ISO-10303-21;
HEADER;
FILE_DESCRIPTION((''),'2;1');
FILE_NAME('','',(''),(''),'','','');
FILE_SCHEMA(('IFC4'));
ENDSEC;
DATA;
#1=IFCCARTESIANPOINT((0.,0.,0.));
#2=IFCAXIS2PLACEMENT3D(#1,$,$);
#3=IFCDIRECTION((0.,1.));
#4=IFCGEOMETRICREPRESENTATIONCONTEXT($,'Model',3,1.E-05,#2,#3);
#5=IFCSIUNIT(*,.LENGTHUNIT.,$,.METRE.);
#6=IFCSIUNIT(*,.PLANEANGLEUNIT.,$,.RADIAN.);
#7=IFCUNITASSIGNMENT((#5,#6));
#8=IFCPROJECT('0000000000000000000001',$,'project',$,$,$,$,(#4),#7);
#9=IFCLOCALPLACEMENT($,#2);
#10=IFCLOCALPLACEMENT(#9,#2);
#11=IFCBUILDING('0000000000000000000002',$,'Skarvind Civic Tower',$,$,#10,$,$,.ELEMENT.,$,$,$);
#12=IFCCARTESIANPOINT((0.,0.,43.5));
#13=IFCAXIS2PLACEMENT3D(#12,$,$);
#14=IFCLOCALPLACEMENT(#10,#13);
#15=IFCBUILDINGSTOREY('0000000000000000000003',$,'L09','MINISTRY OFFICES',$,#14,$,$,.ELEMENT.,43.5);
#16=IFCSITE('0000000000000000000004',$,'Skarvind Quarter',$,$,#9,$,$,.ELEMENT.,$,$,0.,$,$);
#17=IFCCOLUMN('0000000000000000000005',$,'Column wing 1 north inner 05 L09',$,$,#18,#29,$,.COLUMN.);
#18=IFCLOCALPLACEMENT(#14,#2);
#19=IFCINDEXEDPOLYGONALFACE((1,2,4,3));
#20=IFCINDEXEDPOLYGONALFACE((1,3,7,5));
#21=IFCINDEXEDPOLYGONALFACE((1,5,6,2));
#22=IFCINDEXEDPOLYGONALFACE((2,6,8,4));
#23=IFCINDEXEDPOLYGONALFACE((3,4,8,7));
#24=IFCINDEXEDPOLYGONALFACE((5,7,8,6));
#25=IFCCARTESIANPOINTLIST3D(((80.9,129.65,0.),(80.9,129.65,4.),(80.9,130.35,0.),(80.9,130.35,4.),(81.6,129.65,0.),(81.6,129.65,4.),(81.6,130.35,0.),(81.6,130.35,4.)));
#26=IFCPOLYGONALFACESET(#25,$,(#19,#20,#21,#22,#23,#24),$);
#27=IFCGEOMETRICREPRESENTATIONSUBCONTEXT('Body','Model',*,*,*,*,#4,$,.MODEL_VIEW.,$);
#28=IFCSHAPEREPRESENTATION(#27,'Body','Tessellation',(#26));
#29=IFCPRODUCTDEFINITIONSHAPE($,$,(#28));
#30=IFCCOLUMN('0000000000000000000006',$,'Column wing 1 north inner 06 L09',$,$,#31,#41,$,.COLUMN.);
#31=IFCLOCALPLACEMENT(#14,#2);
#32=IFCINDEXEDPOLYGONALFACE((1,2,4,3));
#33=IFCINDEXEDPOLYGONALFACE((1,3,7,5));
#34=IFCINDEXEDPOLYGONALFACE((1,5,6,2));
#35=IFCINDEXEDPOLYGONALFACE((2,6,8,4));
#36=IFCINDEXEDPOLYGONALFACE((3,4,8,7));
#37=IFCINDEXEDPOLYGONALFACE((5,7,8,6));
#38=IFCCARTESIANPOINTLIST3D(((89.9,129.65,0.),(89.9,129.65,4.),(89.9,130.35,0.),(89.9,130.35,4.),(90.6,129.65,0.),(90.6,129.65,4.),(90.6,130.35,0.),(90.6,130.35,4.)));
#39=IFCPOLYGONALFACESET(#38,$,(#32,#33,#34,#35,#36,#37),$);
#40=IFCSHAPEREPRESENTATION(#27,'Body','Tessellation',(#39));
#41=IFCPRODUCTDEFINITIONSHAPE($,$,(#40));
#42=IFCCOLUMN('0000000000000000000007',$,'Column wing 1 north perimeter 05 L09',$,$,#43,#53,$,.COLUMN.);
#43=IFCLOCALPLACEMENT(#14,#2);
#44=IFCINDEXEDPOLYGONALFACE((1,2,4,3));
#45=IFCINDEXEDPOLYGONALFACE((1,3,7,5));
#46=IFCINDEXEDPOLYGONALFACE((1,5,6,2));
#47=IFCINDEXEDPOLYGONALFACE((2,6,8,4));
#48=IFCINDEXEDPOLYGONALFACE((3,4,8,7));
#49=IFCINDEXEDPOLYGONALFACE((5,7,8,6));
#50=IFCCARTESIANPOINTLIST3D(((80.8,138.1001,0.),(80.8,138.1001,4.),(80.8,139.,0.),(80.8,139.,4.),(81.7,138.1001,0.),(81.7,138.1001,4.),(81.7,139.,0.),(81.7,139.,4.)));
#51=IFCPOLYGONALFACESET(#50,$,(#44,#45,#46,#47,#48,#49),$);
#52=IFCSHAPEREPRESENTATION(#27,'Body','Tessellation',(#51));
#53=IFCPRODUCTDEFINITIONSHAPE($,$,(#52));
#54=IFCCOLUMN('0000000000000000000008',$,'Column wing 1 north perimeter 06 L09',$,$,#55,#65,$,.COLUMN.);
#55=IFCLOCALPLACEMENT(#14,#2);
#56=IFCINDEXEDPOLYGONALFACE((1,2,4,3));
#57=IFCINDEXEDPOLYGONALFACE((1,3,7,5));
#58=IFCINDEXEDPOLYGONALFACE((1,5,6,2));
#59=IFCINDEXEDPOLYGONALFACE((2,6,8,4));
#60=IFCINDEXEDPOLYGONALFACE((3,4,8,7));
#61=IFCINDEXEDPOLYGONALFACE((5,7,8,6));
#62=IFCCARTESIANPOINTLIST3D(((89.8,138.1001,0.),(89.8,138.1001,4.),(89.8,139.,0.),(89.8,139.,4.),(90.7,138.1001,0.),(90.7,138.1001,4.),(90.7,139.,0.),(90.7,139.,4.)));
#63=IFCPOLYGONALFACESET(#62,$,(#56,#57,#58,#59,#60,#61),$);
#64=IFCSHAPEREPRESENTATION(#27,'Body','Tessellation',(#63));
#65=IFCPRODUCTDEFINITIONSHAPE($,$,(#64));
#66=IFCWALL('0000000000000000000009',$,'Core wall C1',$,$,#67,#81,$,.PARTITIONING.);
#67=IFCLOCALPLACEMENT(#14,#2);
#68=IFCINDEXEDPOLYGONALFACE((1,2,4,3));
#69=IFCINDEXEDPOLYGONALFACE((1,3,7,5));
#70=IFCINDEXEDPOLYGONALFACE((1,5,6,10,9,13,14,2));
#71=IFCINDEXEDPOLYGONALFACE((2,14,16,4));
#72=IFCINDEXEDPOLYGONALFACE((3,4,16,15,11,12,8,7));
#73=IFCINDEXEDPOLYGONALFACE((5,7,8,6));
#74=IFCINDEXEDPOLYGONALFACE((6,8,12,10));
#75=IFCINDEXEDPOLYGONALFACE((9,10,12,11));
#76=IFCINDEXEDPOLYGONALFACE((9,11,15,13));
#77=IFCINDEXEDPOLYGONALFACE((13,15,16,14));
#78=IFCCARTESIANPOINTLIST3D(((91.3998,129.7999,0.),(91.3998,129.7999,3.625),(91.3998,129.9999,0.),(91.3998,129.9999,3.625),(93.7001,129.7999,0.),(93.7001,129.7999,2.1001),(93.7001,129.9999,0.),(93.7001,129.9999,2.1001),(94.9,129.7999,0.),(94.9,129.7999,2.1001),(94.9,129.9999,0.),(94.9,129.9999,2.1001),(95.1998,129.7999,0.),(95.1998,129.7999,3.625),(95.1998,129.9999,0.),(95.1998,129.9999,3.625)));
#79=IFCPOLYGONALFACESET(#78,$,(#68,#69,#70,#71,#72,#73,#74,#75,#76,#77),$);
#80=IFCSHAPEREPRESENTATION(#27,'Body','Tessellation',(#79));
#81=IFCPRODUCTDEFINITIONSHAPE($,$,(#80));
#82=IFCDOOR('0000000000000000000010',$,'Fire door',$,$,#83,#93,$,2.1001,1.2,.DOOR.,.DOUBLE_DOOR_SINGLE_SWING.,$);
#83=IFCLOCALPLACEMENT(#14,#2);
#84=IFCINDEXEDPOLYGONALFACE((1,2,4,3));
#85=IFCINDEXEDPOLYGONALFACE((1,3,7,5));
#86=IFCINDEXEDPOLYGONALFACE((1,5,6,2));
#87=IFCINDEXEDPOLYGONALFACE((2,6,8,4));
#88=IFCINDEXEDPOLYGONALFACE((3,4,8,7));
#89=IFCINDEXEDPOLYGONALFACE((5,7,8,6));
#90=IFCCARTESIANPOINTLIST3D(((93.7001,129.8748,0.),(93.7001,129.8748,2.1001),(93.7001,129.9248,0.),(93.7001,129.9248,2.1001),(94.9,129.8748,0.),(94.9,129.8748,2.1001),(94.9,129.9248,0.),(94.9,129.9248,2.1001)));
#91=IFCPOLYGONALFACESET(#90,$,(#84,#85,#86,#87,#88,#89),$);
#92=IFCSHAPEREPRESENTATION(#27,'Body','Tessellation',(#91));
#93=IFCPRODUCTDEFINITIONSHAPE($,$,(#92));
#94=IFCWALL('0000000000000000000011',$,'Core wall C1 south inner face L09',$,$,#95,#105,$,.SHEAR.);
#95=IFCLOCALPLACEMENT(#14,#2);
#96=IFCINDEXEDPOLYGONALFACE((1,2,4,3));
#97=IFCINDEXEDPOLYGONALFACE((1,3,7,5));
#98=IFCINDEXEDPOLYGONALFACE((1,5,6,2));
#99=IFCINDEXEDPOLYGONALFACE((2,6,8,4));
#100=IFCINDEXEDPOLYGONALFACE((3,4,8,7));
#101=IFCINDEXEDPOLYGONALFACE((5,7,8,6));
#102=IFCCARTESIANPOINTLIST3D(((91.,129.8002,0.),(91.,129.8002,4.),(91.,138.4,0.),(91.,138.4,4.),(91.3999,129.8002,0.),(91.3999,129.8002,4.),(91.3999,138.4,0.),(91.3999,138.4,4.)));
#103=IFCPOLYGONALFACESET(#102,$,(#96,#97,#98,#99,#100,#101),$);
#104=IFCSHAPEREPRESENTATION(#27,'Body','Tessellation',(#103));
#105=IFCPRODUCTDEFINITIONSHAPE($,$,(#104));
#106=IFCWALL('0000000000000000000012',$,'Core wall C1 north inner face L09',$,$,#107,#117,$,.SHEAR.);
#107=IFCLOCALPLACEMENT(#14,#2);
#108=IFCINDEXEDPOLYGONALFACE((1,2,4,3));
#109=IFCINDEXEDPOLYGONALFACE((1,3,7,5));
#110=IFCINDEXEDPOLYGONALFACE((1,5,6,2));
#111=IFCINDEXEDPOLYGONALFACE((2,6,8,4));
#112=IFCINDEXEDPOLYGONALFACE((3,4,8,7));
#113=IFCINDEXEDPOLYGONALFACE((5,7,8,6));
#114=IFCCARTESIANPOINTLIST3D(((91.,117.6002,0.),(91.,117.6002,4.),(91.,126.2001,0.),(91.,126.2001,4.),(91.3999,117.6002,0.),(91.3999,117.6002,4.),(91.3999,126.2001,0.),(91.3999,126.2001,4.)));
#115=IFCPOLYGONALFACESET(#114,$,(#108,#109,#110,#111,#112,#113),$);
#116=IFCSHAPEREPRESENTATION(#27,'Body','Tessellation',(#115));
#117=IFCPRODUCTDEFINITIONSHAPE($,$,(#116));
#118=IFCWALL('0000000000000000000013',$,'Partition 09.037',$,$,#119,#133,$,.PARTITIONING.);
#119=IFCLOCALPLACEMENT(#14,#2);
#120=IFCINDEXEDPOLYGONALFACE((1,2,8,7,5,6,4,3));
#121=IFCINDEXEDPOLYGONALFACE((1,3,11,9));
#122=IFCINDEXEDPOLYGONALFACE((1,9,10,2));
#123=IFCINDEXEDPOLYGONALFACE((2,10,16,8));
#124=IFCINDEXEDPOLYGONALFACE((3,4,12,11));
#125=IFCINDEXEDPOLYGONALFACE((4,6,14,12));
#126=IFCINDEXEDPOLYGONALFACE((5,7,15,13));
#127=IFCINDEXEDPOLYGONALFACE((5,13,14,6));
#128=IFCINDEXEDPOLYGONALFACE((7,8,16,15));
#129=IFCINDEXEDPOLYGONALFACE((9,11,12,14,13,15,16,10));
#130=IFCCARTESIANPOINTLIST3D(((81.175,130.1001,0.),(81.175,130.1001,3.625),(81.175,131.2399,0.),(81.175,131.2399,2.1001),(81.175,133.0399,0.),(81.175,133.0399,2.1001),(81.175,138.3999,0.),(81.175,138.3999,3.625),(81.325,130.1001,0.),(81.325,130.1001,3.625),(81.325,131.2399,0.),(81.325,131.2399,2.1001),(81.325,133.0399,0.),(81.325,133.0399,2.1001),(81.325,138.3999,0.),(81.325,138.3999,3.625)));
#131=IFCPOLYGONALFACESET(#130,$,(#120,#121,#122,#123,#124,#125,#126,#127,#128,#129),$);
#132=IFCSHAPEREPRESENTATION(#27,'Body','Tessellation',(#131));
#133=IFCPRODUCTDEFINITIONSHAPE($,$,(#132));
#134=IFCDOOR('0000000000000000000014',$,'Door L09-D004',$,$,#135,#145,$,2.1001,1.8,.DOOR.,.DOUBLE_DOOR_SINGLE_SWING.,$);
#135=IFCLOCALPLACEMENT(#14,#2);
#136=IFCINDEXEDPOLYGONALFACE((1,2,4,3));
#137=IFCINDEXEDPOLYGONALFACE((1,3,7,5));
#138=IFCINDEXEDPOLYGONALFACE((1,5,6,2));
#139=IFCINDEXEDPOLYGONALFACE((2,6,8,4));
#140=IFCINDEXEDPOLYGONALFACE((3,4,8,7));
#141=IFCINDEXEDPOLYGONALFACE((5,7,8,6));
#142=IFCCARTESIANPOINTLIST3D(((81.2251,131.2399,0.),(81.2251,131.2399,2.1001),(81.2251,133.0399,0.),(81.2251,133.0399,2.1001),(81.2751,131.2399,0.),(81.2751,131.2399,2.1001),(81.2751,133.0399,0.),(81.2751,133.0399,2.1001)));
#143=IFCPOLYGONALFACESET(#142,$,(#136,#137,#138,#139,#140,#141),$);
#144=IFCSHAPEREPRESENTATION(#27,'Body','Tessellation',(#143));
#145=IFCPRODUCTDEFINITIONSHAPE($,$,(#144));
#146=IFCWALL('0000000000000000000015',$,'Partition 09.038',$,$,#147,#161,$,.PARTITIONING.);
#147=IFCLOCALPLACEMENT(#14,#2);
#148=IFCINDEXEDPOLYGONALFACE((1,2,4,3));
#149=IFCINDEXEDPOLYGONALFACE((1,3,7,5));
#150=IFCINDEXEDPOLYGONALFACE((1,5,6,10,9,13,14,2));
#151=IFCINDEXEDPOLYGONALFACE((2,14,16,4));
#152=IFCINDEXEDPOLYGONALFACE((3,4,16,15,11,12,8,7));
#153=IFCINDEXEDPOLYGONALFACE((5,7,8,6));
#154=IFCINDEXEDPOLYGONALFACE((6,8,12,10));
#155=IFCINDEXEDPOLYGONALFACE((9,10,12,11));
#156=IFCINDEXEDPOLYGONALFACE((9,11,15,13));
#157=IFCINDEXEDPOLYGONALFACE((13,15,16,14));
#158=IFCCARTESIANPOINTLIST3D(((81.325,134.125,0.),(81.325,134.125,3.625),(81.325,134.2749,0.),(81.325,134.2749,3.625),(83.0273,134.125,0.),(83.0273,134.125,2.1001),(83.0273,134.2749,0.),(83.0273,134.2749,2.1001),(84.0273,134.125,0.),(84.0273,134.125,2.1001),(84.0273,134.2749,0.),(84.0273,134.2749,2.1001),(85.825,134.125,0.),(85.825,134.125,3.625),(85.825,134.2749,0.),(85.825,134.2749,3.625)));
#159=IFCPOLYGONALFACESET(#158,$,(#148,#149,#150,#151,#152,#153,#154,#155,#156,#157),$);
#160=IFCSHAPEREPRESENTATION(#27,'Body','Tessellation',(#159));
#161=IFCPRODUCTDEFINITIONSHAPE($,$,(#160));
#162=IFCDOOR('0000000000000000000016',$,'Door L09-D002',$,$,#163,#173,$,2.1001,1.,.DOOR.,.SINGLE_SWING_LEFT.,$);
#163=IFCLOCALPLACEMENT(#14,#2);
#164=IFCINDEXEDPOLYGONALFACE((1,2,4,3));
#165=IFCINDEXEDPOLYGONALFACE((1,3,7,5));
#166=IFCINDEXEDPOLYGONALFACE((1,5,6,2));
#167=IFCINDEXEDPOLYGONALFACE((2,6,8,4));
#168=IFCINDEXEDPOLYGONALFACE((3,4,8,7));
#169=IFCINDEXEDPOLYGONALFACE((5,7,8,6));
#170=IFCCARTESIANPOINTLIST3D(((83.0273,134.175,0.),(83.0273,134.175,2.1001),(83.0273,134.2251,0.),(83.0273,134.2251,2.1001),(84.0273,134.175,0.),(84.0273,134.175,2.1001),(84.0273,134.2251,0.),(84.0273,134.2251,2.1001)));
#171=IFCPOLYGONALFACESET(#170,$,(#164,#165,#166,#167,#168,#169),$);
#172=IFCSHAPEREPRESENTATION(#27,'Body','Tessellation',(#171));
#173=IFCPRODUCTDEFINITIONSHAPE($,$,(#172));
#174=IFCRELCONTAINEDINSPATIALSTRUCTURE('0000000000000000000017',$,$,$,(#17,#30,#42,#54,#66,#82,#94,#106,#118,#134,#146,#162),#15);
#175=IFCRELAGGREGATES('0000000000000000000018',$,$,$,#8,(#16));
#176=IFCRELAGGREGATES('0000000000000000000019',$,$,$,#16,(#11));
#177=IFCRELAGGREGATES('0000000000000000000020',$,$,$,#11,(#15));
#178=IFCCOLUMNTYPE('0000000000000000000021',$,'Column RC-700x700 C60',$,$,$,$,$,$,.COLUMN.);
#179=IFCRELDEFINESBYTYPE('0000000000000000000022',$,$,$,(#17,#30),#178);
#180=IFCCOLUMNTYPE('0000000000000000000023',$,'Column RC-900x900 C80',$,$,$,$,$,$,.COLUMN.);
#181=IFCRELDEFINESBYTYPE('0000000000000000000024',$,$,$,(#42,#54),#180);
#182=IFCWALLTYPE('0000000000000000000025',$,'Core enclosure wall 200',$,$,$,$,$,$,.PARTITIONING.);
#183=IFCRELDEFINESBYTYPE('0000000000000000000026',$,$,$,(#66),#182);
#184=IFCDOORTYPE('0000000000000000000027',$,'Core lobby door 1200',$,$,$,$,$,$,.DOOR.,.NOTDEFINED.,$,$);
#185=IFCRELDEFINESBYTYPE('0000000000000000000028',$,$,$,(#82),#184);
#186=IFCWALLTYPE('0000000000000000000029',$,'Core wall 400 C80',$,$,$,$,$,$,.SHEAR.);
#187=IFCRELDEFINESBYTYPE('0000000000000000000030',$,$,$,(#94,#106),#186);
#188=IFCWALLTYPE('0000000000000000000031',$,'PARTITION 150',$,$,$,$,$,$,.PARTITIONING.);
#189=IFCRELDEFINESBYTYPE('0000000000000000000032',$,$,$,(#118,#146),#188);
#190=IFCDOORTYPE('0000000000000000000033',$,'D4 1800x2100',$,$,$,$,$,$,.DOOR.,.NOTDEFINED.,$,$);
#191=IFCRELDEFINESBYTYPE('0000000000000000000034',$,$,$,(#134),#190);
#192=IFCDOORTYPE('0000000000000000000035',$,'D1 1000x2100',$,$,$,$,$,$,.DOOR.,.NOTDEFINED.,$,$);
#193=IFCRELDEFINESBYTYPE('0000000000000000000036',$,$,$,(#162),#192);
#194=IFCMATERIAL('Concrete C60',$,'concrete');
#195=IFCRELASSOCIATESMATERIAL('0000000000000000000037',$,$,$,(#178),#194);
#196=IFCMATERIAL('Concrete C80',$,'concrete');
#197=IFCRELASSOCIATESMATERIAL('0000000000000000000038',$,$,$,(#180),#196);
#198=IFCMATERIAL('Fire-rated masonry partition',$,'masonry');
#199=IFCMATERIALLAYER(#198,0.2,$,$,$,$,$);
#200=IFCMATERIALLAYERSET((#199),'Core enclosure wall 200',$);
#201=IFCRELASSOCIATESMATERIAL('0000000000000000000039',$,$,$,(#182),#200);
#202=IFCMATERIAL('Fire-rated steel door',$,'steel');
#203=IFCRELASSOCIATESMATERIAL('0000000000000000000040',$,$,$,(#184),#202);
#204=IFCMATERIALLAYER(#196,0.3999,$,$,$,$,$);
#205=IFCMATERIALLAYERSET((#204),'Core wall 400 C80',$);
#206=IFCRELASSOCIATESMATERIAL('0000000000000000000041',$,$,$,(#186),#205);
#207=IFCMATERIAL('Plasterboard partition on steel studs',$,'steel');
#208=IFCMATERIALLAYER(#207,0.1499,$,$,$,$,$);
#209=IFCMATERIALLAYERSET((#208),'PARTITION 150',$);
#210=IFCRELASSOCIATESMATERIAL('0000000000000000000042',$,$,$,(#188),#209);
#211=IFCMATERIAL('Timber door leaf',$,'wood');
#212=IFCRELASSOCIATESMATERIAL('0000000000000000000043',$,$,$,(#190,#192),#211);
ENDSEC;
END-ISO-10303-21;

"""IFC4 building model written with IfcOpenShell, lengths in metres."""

from ifc_helpers import new_model, si_unit, direction, frame, frame_2d, origin, origin_2d, place, context, subcontext, project, spatial, rectangle, extrude, material, layer, layer_set, material_profile, profile_set, type_object, element, fill, save


model = new_model("IFC4")

# Units and contexts
model_context = context("Model", 3, precision=1e-05, world=origin(), true_north=direction((0.0, 1.0)))
body_context = subcontext(model_context, "Body", "Model", "MODEL_VIEW")
ifc_project = project(units=[si_unit("LENGTHUNIT", "METRE"), si_unit("PLANEANGLEUNIT", "RADIAN")], contexts=[model_context])

# Site, building, storey
site_placement = place(None, origin())
site = spatial("IfcSite", under=ifc_project, at=site_placement, Name="Skarvind Quarter", CompositionType="ELEMENT", RefElevation=0.0)
building_placement = place(site_placement, origin())
building = spatial("IfcBuilding", under=site, at=building_placement, Name="Skarvind Civic Tower", CompositionType="ELEMENT")
storey_placement = place(building_placement, frame((0.0, 0.0, 43.5)))
storey = spatial("IfcBuildingStorey", under=building, at=storey_placement, Name="L09", Description="MINISTRY OFFICES", CompositionType="ELEMENT", Elevation=43.5)

# Columns
ifc_material_1 = material(Name="Concrete C60", Category="concrete")
ifc_material_profile_1 = material_profile(ifc_material_1, rectangle(XDim=0.7, YDim=0.7, at=origin_2d()), Name="RC-700x700")
ifc_profile_set_1 = profile_set([ifc_material_profile_1], Name="Concrete C60")
column_type_1 = type_object("IfcColumnType", Name="Column RC-700x700 C60", PredefinedType="COLUMN", material=ifc_profile_set_1)
for number, where, z_axis, x_axis, name in (
    (1, (81.25, 130.0, 0.0), (0.0, 0.0, 1.0), (1.0, 0.0, 0.0), "Column wing 1 north inner 05 L09"),
    (2, (90.25, 130.0, 0.0), (0.0, 0.0, 1.0), (1.0, 0.0, 0.0), "Column wing 1 north inner 06 L09"),
):
    element("IfcColumn", number, at=place(storey_placement, frame(where, z_axis=z_axis, x_axis=x_axis)), inside=storey, type_object=column_type_1, Name=name, PredefinedType="COLUMN", context=body_context, shape_type="SweptSolid", body=[
        extrude(rectangle(XDim=0.7, YDim=0.7, at=origin_2d()), origin(), (0.0, 0.0, 1.0), 4.0),
    ])
ifc_material_2 = material(Name="Concrete C80", Category="concrete")
ifc_material_profile_2 = material_profile(ifc_material_2, rectangle(XDim=0.8999, YDim=0.8999, at=origin_2d()), Name="RC-900x900")
ifc_profile_set_2 = profile_set([ifc_material_profile_2], Name="Concrete C80")
column_type_2 = type_object("IfcColumnType", Name="Column RC-900x900 C80", PredefinedType="COLUMN", material=ifc_profile_set_2)
for number, where, z_axis, x_axis, name in (
    (3, (81.25, 138.55, 0.0), (0.0, 0.0, 1.0), (1.0, 0.0, 0.0), "Column wing 1 north perimeter 05 L09"),
    (4, (90.25, 138.55, 0.0), (0.0, 0.0, 1.0), (1.0, 0.0, 0.0), "Column wing 1 north perimeter 06 L09"),
):
    element("IfcColumn", number, at=place(storey_placement, frame(where, z_axis=z_axis, x_axis=x_axis)), inside=storey, type_object=column_type_2, Name=name, PredefinedType="COLUMN", context=body_context, shape_type="SweptSolid", body=[
        extrude(rectangle(XDim=0.8999, YDim=0.8999, at=origin_2d()), origin(), (0.0, 0.0, 1.0), 4.0),
    ])

# Wall, opening, door
ifc_material_3 = material(Name="Fire-rated masonry partition", Category="masonry")
ifc_layer_1 = layer(ifc_material_3, 0.2)
ifc_layer_set_1 = layer_set([ifc_layer_1], Name="Core enclosure wall 200")
wall_type_1 = type_object("IfcWallType", Name="Core enclosure wall 200", PredefinedType="PARTITIONING", material=ifc_layer_set_1)
wall_1_placement = place(storey_placement, frame((91.3999, 129.8999, 0.0), z_axis=(0.0, 0.0, 1.0), x_axis=(1.0, 0.0, 0.0)))
wall_1 = element("IfcWall", 5, at=wall_1_placement, inside=storey, type_object=wall_type_1, Name="Core wall C1", PredefinedType="PARTITIONING", context=body_context, shape_type="SweptSolid", body=[
    extrude(rectangle(XDim=3.8, YDim=0.2, at=frame_2d((1.8999, 0.0))), origin(), (0.0, 0.0, 1.0), 3.625),
])
opening_1_placement = place(wall_1_placement, frame((2.3, 0.0, 0.0)))
opening_1 = element("IfcOpeningElement", 6, at=opening_1_placement, cuts=wall_1, PredefinedType="OPENING", context=body_context, shape_type="SweptSolid", body=[
    extrude(rectangle(XDim=1.2, YDim=2.1001, at=frame_2d((0.6001, 1.05))), frame((0.0, 0.1099, 0.0), z_axis=(0.0, -1.0, 0.0), x_axis=(1.0, 0.0, 0.0)), (0.0, 0.0, 1.0), 0.22),
])
ifc_material_4 = material(Name="Fire-rated steel door", Category="steel")
door_type_1 = type_object("IfcDoorType", Name="Core lobby door 1200", OperationType="NOTDEFINED", PredefinedType="DOOR", material=ifc_material_4)
door_1_placement = place(opening_1_placement, origin())
door_1 = element("IfcDoor", 7, at=door_1_placement, inside=storey, type_object=door_type_1, Name="Fire door", OperationType="DOUBLE_DOOR_SINGLE_SWING", OverallHeight=2.1001, OverallWidth=1.2, PredefinedType="DOOR", context=body_context, shape_type="SweptSolid", body=[
    extrude(rectangle(XDim=1.2, YDim=2.1001, at=frame_2d((0.6001, 1.05))), frame((0.0, 0.0249, 0.0), z_axis=(0.0, -1.0, 0.0), x_axis=(1.0, 0.0, 0.0)), (0.0, 0.0, 1.0), 0.05),
])
fill(opening_1, door_1)

# Walls
ifc_layer_2 = layer(ifc_material_2, 0.3999)
ifc_layer_set_2 = layer_set([ifc_layer_2], Name="Core wall 400 C80")
wall_type_2 = type_object("IfcWallType", Name="Core wall 400 C80", PredefinedType="SHEAR", material=ifc_layer_set_2)
for number, where, z_axis, x_axis, name in (
    (8, (91.2, 138.3999, 0.0), (0.0, 0.0, 1.0), (0.0, -1.0, 0.0), "Core wall C1 south inner face L09"),
    (9, (91.2, 126.2, 0.0), (0.0, 0.0, 1.0), (0.0, -1.0, 0.0), "Core wall C1 north inner face L09"),
):
    element("IfcWall", number, at=place(storey_placement, frame(where, z_axis=z_axis, x_axis=x_axis)), inside=storey, type_object=wall_type_2, Name=name, PredefinedType="SHEAR", context=body_context, shape_type="SweptSolid", body=[
        extrude(rectangle(XDim=8.5999, YDim=0.3999, at=frame_2d((4.2998, 0.0))), origin(), (0.0, 0.0, 1.0), 4.0),
    ])

# Walls, openings, doors
ifc_material_5 = material(Name="Plasterboard partition on steel studs", Category="steel")
ifc_layer_3 = layer(ifc_material_5, 0.1499)
ifc_layer_set_3 = layer_set([ifc_layer_3], Name="PARTITION 150")
wall_type_3 = type_object("IfcWallType", Name="PARTITION 150", PredefinedType="PARTITIONING", material=ifc_layer_set_3)
wall_2_placement = place(storey_placement, frame((81.25, 130.1001, 0.0), z_axis=(0.0, 0.0, 1.0), x_axis=(0.0, 1.0, 0.0)))
wall_2 = element("IfcWall", 10, at=wall_2_placement, inside=storey, type_object=wall_type_3, Name="Partition 09.037", PredefinedType="PARTITIONING", context=body_context, shape_type="SweptSolid", body=[
    extrude(rectangle(XDim=8.2998, YDim=0.1499, at=frame_2d((4.1499, 0.0))), origin(), (0.0, 0.0, 1.0), 3.625),
])
opening_2_placement = place(wall_2_placement, frame((1.1399, 0.0, 0.0)))
opening_2 = element("IfcOpeningElement", 11, at=opening_2_placement, cuts=wall_2, PredefinedType="OPENING", context=body_context, shape_type="SweptSolid", body=[
    extrude(rectangle(XDim=1.8, YDim=2.1001, at=frame_2d((0.8999, 1.05))), frame((0.0, 0.085, 0.0), z_axis=(0.0, -1.0, 0.0), x_axis=(1.0, 0.0, 0.0)), (0.0, 0.0, 1.0), 0.1699),
])
ifc_material_6 = material(Name="Timber door leaf", Category="wood")
door_type_2 = type_object("IfcDoorType", Name="D4 1800x2100", OperationType="NOTDEFINED", PredefinedType="DOOR", material=ifc_material_6)
door_2_placement = place(opening_2_placement, origin())
door_2 = element("IfcDoor", 12, at=door_2_placement, inside=storey, type_object=door_type_2, Name="Door L09-D004", OperationType="DOUBLE_DOOR_SINGLE_SWING", OverallHeight=2.1001, OverallWidth=1.8, PredefinedType="DOOR", context=body_context, shape_type="SweptSolid", body=[
    extrude(rectangle(XDim=1.8, YDim=2.1001, at=frame_2d((0.8999, 1.05))), frame((0.0, 0.0249, 0.0), z_axis=(0.0, -1.0, 0.0), x_axis=(1.0, 0.0, 0.0)), (0.0, 0.0, 1.0), 0.05),
])
fill(opening_2, door_2)
wall_3_placement = place(storey_placement, frame((85.825, 134.2, 0.0), z_axis=(0.0, 0.0, 1.0), x_axis=(-1.0, 0.0, 0.0)))
wall_3 = element("IfcWall", 13, at=wall_3_placement, inside=storey, type_object=wall_type_3, Name="Partition 09.038", PredefinedType="PARTITIONING", context=body_context, shape_type="SweptSolid", body=[
    extrude(rectangle(XDim=4.5, YDim=0.1499, at=frame_2d((2.25, 0.0))), origin(), (0.0, 0.0, 1.0), 3.625),
])
opening_3_placement = place(wall_3_placement, frame((1.7976, 0.0, 0.0)))
opening_3 = element("IfcOpeningElement", 14, at=opening_3_placement, cuts=wall_3, PredefinedType="OPENING", context=body_context, shape_type="SweptSolid", body=[
    extrude(rectangle(XDim=1.0, YDim=2.1001, at=frame_2d((0.5, 1.05))), frame((0.0, 0.085, 0.0), z_axis=(0.0, -1.0, 0.0), x_axis=(1.0, 0.0, 0.0)), (0.0, 0.0, 1.0), 0.1699),
])
door_type_3 = type_object("IfcDoorType", Name="D1 1000x2100", OperationType="NOTDEFINED", PredefinedType="DOOR", material=ifc_material_6)
door_3_placement = place(opening_3_placement, origin())
door_3 = element("IfcDoor", 15, at=door_3_placement, inside=storey, type_object=door_type_3, Name="Door L09-D002", OperationType="SINGLE_SWING_LEFT", OverallHeight=2.1001, OverallWidth=1.0, PredefinedType="DOOR", context=body_context, shape_type="SweptSolid", body=[
    extrude(rectangle(XDim=1.0, YDim=2.1001, at=frame_2d((0.5, 1.05))), frame((0.0, 0.0249, 0.0), z_axis=(0.0, -1.0, 0.0), x_axis=(1.0, 0.0, 0.0)), (0.0, 0.0, 1.0), 0.05),
])
fill(opening_3, door_3)

save(model, "model.ifc")
